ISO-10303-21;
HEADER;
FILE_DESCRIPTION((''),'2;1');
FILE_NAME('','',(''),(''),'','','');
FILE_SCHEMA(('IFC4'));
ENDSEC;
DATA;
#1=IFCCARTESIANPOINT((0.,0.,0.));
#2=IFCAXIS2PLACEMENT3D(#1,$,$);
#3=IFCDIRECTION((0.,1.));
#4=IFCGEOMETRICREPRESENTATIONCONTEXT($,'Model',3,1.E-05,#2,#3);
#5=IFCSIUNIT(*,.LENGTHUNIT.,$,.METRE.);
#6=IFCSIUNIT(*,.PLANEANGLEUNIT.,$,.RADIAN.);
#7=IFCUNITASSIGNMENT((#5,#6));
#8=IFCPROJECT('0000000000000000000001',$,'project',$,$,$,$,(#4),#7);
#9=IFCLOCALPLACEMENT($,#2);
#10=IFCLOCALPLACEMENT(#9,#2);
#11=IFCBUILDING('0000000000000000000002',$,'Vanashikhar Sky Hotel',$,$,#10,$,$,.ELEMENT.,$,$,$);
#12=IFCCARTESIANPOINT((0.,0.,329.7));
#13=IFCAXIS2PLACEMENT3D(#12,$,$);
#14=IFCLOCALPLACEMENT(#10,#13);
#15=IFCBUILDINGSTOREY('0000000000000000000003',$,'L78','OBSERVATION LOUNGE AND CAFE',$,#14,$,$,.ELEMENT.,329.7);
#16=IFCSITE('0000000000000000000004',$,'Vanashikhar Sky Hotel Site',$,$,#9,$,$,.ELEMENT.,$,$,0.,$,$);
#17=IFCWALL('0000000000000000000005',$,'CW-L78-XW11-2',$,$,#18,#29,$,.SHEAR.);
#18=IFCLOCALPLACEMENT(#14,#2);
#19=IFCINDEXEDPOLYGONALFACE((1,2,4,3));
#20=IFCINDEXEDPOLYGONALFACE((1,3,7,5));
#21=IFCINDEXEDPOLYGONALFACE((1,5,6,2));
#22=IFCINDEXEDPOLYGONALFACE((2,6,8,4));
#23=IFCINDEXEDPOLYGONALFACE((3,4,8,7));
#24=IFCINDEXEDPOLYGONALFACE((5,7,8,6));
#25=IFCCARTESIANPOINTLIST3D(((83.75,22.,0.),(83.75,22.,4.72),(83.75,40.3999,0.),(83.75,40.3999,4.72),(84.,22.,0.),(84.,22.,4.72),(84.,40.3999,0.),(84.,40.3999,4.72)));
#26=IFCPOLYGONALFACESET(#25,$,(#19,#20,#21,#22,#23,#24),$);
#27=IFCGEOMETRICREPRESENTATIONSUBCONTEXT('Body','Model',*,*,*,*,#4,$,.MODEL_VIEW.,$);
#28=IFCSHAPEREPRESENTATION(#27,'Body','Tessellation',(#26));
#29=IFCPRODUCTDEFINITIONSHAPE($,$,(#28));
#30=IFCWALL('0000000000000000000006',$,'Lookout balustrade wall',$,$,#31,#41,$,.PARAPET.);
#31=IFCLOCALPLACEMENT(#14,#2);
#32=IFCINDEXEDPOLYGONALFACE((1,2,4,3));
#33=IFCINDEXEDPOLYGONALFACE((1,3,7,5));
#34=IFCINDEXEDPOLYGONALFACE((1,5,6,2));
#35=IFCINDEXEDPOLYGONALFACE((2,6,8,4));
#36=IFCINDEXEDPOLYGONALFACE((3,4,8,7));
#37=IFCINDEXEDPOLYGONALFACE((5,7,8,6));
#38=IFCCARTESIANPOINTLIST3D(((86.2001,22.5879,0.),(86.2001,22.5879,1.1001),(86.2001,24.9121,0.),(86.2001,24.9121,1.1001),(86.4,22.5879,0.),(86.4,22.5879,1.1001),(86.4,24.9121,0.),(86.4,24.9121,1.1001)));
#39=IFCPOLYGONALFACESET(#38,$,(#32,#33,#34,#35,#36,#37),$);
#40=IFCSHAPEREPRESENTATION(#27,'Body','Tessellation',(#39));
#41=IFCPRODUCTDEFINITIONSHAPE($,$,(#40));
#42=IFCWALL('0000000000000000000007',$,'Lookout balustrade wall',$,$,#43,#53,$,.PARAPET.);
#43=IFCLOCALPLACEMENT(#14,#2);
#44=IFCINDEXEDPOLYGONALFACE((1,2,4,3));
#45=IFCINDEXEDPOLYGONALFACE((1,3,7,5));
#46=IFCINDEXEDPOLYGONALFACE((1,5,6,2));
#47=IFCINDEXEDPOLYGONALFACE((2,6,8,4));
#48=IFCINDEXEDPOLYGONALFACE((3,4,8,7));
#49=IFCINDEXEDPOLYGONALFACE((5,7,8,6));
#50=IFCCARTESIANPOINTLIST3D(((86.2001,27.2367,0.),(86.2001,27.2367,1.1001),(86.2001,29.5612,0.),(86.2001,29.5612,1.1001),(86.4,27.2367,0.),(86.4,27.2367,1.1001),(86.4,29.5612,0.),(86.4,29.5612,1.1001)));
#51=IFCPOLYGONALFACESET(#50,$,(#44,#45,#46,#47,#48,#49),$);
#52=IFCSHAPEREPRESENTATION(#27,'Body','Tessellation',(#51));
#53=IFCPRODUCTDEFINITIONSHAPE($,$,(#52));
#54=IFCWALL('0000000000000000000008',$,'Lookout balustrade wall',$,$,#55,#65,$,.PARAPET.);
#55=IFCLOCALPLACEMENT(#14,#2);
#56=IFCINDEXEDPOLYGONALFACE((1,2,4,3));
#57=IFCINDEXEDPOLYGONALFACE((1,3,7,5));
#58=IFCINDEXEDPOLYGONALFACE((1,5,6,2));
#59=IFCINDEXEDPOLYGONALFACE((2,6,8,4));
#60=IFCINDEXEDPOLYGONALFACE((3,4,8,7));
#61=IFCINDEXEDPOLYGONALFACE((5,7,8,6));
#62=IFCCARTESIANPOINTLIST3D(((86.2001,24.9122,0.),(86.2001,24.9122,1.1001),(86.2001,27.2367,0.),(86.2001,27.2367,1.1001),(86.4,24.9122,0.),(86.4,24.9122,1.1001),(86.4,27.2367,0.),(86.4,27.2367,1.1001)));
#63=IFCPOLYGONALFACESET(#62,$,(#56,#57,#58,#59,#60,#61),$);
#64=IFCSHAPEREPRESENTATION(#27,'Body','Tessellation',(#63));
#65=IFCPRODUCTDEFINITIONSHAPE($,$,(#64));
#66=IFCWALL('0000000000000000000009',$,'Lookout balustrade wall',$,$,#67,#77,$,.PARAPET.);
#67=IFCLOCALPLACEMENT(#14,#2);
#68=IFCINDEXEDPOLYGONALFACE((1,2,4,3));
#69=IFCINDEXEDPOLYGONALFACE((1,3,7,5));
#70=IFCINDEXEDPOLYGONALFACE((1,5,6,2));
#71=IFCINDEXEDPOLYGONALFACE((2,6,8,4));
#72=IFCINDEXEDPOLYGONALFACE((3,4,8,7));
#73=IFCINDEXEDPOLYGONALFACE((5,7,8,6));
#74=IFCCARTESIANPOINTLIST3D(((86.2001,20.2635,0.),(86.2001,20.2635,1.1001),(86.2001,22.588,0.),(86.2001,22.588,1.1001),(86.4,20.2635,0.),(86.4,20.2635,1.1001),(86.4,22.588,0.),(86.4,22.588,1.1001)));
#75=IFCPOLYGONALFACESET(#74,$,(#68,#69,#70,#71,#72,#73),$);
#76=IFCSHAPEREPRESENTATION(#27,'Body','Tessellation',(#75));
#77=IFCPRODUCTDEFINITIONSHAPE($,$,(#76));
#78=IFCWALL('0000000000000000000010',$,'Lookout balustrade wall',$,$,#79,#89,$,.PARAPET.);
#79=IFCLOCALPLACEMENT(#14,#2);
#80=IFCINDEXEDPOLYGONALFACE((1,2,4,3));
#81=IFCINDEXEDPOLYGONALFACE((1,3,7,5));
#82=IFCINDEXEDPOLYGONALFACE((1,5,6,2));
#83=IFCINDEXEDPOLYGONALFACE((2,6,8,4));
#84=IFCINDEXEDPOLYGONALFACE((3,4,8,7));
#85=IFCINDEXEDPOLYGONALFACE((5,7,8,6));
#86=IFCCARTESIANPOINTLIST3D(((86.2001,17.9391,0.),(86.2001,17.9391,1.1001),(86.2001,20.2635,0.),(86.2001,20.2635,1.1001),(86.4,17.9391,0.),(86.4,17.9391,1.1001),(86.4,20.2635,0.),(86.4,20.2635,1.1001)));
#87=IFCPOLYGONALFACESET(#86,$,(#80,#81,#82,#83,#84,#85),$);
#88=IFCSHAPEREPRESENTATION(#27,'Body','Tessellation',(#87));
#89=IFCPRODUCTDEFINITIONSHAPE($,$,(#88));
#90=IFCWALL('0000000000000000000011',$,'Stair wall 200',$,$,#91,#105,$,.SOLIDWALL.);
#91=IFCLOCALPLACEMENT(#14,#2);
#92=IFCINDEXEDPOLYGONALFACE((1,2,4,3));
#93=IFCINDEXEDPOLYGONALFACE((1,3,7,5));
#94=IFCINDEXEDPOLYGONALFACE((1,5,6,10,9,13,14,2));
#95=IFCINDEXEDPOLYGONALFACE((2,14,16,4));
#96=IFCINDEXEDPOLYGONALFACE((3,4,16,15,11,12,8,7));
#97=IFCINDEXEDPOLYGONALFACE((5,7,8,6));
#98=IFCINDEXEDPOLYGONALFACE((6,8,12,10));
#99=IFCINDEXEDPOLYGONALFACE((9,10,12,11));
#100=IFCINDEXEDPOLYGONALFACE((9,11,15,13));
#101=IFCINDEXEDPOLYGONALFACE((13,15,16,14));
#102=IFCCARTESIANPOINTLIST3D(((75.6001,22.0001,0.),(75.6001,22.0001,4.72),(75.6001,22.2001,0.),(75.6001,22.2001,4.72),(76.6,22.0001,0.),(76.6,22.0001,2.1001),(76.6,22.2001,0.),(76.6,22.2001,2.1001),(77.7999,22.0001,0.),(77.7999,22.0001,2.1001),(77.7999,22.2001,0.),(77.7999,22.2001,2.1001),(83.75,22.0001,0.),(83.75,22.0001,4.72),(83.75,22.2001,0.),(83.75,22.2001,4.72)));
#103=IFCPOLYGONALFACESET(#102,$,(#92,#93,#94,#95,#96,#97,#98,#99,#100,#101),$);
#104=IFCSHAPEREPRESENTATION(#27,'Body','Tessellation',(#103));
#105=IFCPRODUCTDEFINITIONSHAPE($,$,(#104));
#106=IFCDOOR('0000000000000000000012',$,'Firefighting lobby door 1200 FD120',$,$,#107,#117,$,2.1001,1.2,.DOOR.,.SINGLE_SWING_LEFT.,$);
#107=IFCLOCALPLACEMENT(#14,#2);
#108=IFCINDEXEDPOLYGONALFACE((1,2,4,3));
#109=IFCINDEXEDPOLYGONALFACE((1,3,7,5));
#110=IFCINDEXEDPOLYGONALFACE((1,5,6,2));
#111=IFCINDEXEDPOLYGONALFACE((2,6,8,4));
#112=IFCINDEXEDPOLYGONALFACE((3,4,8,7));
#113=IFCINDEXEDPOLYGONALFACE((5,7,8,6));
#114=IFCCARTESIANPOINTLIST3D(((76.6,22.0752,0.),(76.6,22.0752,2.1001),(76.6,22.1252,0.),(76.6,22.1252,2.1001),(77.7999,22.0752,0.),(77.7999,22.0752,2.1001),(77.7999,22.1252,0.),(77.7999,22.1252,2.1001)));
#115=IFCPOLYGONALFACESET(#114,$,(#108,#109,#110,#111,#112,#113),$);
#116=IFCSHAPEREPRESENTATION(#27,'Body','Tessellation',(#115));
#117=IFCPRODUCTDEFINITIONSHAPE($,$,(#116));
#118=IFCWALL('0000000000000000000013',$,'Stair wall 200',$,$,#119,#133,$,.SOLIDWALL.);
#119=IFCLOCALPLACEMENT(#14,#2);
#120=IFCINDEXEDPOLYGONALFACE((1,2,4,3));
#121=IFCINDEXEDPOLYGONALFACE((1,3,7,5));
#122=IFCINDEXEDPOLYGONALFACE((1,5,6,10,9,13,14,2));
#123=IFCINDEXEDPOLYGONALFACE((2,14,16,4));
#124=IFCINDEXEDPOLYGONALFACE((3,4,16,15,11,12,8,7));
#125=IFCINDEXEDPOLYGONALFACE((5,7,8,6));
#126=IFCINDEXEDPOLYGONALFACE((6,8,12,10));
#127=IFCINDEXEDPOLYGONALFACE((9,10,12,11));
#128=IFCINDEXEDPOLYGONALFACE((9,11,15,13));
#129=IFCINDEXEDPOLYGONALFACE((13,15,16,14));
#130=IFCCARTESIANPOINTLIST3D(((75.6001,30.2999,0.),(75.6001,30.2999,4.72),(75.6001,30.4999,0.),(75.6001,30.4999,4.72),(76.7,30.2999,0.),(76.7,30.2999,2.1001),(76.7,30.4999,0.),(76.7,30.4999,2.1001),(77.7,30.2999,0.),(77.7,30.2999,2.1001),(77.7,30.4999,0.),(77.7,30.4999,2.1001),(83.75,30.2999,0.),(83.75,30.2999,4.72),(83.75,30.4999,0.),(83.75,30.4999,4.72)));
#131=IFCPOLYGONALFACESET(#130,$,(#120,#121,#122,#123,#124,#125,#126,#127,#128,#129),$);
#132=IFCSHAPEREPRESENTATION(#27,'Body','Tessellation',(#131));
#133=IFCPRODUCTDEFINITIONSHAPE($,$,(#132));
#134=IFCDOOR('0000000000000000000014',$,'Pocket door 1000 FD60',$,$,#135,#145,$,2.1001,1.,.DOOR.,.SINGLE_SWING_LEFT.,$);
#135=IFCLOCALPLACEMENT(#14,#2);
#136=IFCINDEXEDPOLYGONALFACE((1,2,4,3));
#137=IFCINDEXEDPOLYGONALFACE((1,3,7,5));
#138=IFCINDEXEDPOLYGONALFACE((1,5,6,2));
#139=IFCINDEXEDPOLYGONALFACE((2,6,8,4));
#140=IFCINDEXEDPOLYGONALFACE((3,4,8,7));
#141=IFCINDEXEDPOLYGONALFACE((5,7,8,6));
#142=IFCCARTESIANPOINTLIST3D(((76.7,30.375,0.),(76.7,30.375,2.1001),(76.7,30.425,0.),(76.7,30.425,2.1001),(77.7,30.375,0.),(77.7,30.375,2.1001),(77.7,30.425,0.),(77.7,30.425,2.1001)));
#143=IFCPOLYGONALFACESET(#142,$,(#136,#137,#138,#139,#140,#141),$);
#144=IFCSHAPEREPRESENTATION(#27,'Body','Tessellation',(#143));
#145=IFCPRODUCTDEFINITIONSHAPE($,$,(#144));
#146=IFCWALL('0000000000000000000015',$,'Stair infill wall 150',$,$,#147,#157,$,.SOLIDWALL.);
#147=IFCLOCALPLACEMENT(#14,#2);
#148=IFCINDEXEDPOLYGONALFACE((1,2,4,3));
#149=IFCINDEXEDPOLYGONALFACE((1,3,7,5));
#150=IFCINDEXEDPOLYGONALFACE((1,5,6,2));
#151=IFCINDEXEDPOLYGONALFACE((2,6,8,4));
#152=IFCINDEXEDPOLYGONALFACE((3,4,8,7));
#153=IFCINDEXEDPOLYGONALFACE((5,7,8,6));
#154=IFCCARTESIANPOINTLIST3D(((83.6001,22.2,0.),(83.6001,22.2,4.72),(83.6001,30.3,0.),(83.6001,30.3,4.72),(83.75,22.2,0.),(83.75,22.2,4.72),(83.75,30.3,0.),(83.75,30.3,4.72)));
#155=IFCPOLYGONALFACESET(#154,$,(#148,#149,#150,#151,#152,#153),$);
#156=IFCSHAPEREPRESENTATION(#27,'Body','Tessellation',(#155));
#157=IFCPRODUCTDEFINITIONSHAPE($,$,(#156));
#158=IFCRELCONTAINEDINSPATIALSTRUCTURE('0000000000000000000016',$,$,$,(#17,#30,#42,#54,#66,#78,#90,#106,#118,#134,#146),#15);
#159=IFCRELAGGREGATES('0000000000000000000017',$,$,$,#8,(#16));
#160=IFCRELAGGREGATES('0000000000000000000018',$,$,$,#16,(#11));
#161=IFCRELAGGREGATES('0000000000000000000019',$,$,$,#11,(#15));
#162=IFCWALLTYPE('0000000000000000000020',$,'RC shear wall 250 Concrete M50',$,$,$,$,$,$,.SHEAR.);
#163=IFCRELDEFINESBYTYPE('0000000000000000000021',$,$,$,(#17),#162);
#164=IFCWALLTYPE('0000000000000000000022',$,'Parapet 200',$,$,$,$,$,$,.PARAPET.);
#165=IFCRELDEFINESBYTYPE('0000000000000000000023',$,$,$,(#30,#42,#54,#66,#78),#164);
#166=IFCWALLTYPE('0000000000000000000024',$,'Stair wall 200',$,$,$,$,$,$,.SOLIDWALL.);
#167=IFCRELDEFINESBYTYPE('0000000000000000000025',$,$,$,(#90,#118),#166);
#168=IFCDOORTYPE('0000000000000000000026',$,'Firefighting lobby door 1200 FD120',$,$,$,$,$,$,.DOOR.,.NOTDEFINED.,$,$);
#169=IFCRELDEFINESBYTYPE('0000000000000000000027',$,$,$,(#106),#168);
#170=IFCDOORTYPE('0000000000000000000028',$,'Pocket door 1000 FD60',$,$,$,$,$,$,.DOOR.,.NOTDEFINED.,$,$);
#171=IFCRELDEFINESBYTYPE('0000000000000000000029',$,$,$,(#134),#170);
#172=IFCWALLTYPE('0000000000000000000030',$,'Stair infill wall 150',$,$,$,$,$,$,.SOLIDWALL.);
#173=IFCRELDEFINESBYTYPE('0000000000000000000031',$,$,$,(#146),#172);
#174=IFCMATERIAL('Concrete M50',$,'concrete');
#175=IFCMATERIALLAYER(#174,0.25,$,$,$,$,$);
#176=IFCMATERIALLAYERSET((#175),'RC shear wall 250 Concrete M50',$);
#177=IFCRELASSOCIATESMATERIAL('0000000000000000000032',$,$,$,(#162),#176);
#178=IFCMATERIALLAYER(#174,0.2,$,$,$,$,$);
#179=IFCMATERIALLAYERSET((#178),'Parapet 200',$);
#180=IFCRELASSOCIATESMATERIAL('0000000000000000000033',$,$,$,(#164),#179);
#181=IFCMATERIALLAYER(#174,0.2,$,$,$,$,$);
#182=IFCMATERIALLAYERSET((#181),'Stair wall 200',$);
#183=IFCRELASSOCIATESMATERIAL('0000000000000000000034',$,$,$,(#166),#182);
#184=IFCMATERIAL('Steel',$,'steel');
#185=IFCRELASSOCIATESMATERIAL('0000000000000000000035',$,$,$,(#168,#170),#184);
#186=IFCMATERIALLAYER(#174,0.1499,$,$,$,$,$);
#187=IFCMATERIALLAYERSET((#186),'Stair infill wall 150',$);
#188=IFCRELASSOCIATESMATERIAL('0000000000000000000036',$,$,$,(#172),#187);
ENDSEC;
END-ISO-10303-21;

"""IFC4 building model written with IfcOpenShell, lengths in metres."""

from ifc_helpers import new_model, si_unit, direction, frame, frame_2d, origin, place, context, subcontext, project, spatial, rectangle, extrude, source, transform, mapped, material, layer, layer_set, type_object, element, fill, save


model = new_model("IFC4")

# Units and contexts
model_context = context("Model", 3, precision=1e-05, world=origin(), true_north=direction((0.0, 1.0)))
body_context = subcontext(model_context, "Body", "Model", "MODEL_VIEW")
ifc_project = project(units=[si_unit("LENGTHUNIT", "METRE"), si_unit("PLANEANGLEUNIT", "RADIAN")], contexts=[model_context])

# Site, building, storey
site_placement = place(None, origin())
site = spatial("IfcSite", under=ifc_project, at=site_placement, Name="Vanashikhar Sky Hotel Site", CompositionType="ELEMENT", RefElevation=0.0)
building_placement = place(site_placement, origin())
building = spatial("IfcBuilding", under=site, at=building_placement, Name="Vanashikhar Sky Hotel", CompositionType="ELEMENT")
storey_placement = place(building_placement, frame((0.0, 0.0, 329.7)))
storey = spatial("IfcBuildingStorey", under=building, at=storey_placement, Name="L78", Description="OBSERVATION LOUNGE AND CAFE", CompositionType="ELEMENT", Elevation=329.7)

# Shared definitions
ifc_material_1 = material(Name="Concrete M50", Category="concrete")

# Walls
ifc_layer_1 = layer(ifc_material_1, 0.25)
ifc_layer_set_1 = layer_set([ifc_layer_1], Name="RC shear wall 250 Concrete M50")
wall_type_1 = type_object("IfcWallType", Name="RC shear wall 250 Concrete M50", PredefinedType="SHEAR", material=ifc_layer_set_1)
shared_shape_1 = source(origin(), body_context, "Body", "SweptSolid", [
    extrude(rectangle(XDim=18.3999, YDim=0.25, at=frame_2d((9.2, 0.0))), origin(), (0.0, 0.0, 1.0), 4.72),
])
wall_1_placement = place(storey_placement, frame((83.875, 22.0, 0.0), z_axis=(0.0, 0.0, 1.0), x_axis=(0.0, 1.0, 0.0)))
element("IfcWall", 1, at=wall_1_placement, inside=storey, type_object=wall_type_1, Name="CW-L78-XW11-2", PredefinedType="SHEAR", context=body_context, shape_type="MappedRepresentation", body=[
    mapped(shared_shape_1, transform((0.0, 0.0, 0.0), scale=1.0)),
])
ifc_layer_2 = layer(ifc_material_1, 0.2)
ifc_layer_set_2 = layer_set([ifc_layer_2], Name="Parapet 200")
wall_type_2 = type_object("IfcWallType", Name="Parapet 200", PredefinedType="PARAPET", material=ifc_layer_set_2)
shared_shape_2 = source(origin(), body_context, "Body", "SweptSolid", [
    extrude(rectangle(XDim=2.3242, YDim=0.2, at=frame_2d((1.1621, 0.0))), origin(), (0.0, 0.0, 1.0), 1.1001),
])
wall_2_placement = place(storey_placement, frame((86.3, 24.9121, 0.0), z_axis=(0.0, 0.0, 1.0), x_axis=(0.0, -1.0, 0.0)))
element("IfcWall", 2, at=wall_2_placement, inside=storey, type_object=wall_type_2, Name="Lookout balustrade wall", PredefinedType="PARAPET", context=body_context, shape_type="MappedRepresentation", body=[
    mapped(shared_shape_2, transform((0.0, 0.0, 0.0), scale=1.0)),
])
shared_shape_3 = source(origin(), body_context, "Body", "SweptSolid", [
    extrude(rectangle(XDim=2.3245, YDim=0.2, at=frame_2d((1.1621, 0.0))), origin(), (0.0, 0.0, 1.0), 1.1001),
])
for number, where, z_axis, x_axis, name in (
    (3, (86.3, 29.561, 0.0), (0.0, 0.0, 1.0), (0.0, -1.0, 0.0), "Lookout balustrade wall"),
    (4, (86.3, 27.2366, 0.0), (0.0, 0.0, 1.0), (0.0, -1.0, 0.0), "Lookout balustrade wall"),
    (5, (86.3, 22.5879, 0.0), (0.0, 0.0, 1.0), (0.0, -1.0, 0.0), "Lookout balustrade wall"),
    (6, (86.3, 20.2634, 0.0), (0.0, 0.0, 1.0), (0.0, -1.0, 0.0), "Lookout balustrade wall"),
):
    element("IfcWall", number, at=place(storey_placement, frame(where, z_axis=z_axis, x_axis=x_axis)), inside=storey, type_object=wall_type_2, Name=name, PredefinedType="PARAPET", context=body_context, shape_type="MappedRepresentation", body=[
        mapped(shared_shape_3, transform((0.0, 0.0, 0.0), scale=1.0)),
    ])

# Walls, openings, doors
ifc_layer_3 = layer(ifc_material_1, 0.2)
ifc_layer_set_3 = layer_set([ifc_layer_3], Name="Stair wall 200")
wall_type_3 = type_object("IfcWallType", Name="Stair wall 200", PredefinedType="SOLIDWALL", material=ifc_layer_set_3)
shared_shape_4 = source(origin(), body_context, "Body", "SweptSolid", [
    extrude(rectangle(XDim=8.1499, YDim=0.2, at=frame_2d((4.075, 0.0))), origin(), (0.0, 0.0, 1.0), 4.72),
])
wall_3_placement = place(storey_placement, frame((83.75, 22.1001, 0.0), z_axis=(0.0, 0.0, 1.0), x_axis=(-1.0, 0.0, 0.0)))
wall_3 = element("IfcWall", 7, at=wall_3_placement, inside=storey, type_object=wall_type_3, Name="Stair wall 200", PredefinedType="SOLIDWALL", context=body_context, shape_type="MappedRepresentation", body=[
    mapped(shared_shape_4, transform((0.0, 0.0, 0.0), scale=1.0)),
])
shared_shape_5 = source(origin(), body_context, "Body", "SweptSolid", [
    extrude(rectangle(XDim=1.2, YDim=2.1001, at=frame_2d((0.6001, 1.05))), frame((0.0, 0.1099, 0.0), z_axis=(0.0, -1.0, 0.0), x_axis=(1.0, 0.0, 0.0)), (0.0, 0.0, 1.0), 0.22),
])
opening_1_placement = place(wall_3_placement, frame((5.95, 0.0, 0.0)))
opening_1 = element("IfcOpeningElement", 8, at=opening_1_placement, cuts=wall_3, PredefinedType="OPENING", context=body_context, shape_type="MappedRepresentation", body=[
    mapped(shared_shape_5, transform((0.0, 0.0, 0.0), scale=1.0)),
])
ifc_material_2 = material(Name="Steel", Category="steel")
door_type_1 = type_object("IfcDoorType", Name="Firefighting lobby door 1200 FD120", OperationType="NOTDEFINED", PredefinedType="DOOR", material=ifc_material_2)
shared_shape_6 = source(origin(), body_context, "Body", "SweptSolid", [
    extrude(rectangle(XDim=1.2, YDim=2.1001, at=frame_2d((0.6001, 1.05))), frame((0.0, 0.0249, 0.0), z_axis=(0.0, -1.0, 0.0), x_axis=(1.0, 0.0, 0.0)), (0.0, 0.0, 1.0), 0.05),
])
door_1_placement = place(opening_1_placement, origin())
door_1 = element("IfcDoor", 9, at=door_1_placement, inside=storey, type_object=door_type_1, Name="Firefighting lobby door 1200 FD120", OperationType="SINGLE_SWING_LEFT", OverallHeight=2.1001, OverallWidth=1.2, PredefinedType="DOOR", context=body_context, shape_type="MappedRepresentation", body=[
    mapped(shared_shape_6, transform((0.0, 0.0, 0.0), scale=1.0)),
])
fill(opening_1, door_1)
wall_4_placement = place(storey_placement, frame((83.75, 30.3999, 0.0), z_axis=(0.0, 0.0, 1.0), x_axis=(-1.0, 0.0, 0.0)))
wall_4 = element("IfcWall", 10, at=wall_4_placement, inside=storey, type_object=wall_type_3, Name="Stair wall 200", PredefinedType="SOLIDWALL", context=body_context, shape_type="MappedRepresentation", body=[
    mapped(shared_shape_4, transform((0.0, 0.0, 0.0), scale=1.0)),
])
shared_shape_7 = source(origin(), body_context, "Body", "SweptSolid", [
    extrude(rectangle(XDim=1.0, YDim=2.1001, at=frame_2d((0.5, 1.05))), frame((0.0, 0.1099, 0.0), z_axis=(0.0, -1.0, 0.0), x_axis=(1.0, 0.0, 0.0)), (0.0, 0.0, 1.0), 0.22),
])
opening_2_placement = place(wall_4_placement, frame((6.05, 0.0, 0.0)))
opening_2 = element("IfcOpeningElement", 11, at=opening_2_placement, cuts=wall_4, PredefinedType="OPENING", context=body_context, shape_type="MappedRepresentation", body=[
    mapped(shared_shape_7, transform((0.0, 0.0, 0.0), scale=1.0)),
])
door_type_2 = type_object("IfcDoorType", Name="Pocket door 1000 FD60", OperationType="NOTDEFINED", PredefinedType="DOOR", material=ifc_material_2)
shared_shape_8 = source(origin(), body_context, "Body", "SweptSolid", [
    extrude(rectangle(XDim=1.0, YDim=2.1001, at=frame_2d((0.5, 1.05))), frame((0.0, 0.0249, 0.0), z_axis=(0.0, -1.0, 0.0), x_axis=(1.0, 0.0, 0.0)), (0.0, 0.0, 1.0), 0.05),
])
door_2_placement = place(opening_2_placement, origin())
door_2 = element("IfcDoor", 12, at=door_2_placement, inside=storey, type_object=door_type_2, Name="Pocket door 1000 FD60", OperationType="SINGLE_SWING_LEFT", OverallHeight=2.1001, OverallWidth=1.0, PredefinedType="DOOR", context=body_context, shape_type="MappedRepresentation", body=[
    mapped(shared_shape_8, transform((0.0, 0.0, 0.0), scale=1.0)),
])
fill(opening_2, door_2)

# Wall
ifc_layer_4 = layer(ifc_material_1, 0.1499)
ifc_layer_set_4 = layer_set([ifc_layer_4], Name="Stair infill wall 150")
wall_type_4 = type_object("IfcWallType", Name="Stair infill wall 150", PredefinedType="SOLIDWALL", material=ifc_layer_set_4)
shared_shape_9 = source(origin(), body_context, "Body", "SweptSolid", [
    extrude(rectangle(XDim=8.1001, YDim=0.1499, at=frame_2d((4.05, 0.0))), origin(), (0.0, 0.0, 1.0), 4.72),
])
wall_5_placement = place(storey_placement, frame((83.675, 22.2, 0.0), z_axis=(0.0, 0.0, 1.0), x_axis=(0.0, 1.0, 0.0)))
element("IfcWall", 13, at=wall_5_placement, inside=storey, type_object=wall_type_4, Name="Stair infill wall 150", PredefinedType="SOLIDWALL", context=body_context, shape_type="MappedRepresentation", body=[
    mapped(shared_shape_9, transform((0.0, 0.0, 0.0), scale=1.0)),
])

save(model, "model.ifc")
